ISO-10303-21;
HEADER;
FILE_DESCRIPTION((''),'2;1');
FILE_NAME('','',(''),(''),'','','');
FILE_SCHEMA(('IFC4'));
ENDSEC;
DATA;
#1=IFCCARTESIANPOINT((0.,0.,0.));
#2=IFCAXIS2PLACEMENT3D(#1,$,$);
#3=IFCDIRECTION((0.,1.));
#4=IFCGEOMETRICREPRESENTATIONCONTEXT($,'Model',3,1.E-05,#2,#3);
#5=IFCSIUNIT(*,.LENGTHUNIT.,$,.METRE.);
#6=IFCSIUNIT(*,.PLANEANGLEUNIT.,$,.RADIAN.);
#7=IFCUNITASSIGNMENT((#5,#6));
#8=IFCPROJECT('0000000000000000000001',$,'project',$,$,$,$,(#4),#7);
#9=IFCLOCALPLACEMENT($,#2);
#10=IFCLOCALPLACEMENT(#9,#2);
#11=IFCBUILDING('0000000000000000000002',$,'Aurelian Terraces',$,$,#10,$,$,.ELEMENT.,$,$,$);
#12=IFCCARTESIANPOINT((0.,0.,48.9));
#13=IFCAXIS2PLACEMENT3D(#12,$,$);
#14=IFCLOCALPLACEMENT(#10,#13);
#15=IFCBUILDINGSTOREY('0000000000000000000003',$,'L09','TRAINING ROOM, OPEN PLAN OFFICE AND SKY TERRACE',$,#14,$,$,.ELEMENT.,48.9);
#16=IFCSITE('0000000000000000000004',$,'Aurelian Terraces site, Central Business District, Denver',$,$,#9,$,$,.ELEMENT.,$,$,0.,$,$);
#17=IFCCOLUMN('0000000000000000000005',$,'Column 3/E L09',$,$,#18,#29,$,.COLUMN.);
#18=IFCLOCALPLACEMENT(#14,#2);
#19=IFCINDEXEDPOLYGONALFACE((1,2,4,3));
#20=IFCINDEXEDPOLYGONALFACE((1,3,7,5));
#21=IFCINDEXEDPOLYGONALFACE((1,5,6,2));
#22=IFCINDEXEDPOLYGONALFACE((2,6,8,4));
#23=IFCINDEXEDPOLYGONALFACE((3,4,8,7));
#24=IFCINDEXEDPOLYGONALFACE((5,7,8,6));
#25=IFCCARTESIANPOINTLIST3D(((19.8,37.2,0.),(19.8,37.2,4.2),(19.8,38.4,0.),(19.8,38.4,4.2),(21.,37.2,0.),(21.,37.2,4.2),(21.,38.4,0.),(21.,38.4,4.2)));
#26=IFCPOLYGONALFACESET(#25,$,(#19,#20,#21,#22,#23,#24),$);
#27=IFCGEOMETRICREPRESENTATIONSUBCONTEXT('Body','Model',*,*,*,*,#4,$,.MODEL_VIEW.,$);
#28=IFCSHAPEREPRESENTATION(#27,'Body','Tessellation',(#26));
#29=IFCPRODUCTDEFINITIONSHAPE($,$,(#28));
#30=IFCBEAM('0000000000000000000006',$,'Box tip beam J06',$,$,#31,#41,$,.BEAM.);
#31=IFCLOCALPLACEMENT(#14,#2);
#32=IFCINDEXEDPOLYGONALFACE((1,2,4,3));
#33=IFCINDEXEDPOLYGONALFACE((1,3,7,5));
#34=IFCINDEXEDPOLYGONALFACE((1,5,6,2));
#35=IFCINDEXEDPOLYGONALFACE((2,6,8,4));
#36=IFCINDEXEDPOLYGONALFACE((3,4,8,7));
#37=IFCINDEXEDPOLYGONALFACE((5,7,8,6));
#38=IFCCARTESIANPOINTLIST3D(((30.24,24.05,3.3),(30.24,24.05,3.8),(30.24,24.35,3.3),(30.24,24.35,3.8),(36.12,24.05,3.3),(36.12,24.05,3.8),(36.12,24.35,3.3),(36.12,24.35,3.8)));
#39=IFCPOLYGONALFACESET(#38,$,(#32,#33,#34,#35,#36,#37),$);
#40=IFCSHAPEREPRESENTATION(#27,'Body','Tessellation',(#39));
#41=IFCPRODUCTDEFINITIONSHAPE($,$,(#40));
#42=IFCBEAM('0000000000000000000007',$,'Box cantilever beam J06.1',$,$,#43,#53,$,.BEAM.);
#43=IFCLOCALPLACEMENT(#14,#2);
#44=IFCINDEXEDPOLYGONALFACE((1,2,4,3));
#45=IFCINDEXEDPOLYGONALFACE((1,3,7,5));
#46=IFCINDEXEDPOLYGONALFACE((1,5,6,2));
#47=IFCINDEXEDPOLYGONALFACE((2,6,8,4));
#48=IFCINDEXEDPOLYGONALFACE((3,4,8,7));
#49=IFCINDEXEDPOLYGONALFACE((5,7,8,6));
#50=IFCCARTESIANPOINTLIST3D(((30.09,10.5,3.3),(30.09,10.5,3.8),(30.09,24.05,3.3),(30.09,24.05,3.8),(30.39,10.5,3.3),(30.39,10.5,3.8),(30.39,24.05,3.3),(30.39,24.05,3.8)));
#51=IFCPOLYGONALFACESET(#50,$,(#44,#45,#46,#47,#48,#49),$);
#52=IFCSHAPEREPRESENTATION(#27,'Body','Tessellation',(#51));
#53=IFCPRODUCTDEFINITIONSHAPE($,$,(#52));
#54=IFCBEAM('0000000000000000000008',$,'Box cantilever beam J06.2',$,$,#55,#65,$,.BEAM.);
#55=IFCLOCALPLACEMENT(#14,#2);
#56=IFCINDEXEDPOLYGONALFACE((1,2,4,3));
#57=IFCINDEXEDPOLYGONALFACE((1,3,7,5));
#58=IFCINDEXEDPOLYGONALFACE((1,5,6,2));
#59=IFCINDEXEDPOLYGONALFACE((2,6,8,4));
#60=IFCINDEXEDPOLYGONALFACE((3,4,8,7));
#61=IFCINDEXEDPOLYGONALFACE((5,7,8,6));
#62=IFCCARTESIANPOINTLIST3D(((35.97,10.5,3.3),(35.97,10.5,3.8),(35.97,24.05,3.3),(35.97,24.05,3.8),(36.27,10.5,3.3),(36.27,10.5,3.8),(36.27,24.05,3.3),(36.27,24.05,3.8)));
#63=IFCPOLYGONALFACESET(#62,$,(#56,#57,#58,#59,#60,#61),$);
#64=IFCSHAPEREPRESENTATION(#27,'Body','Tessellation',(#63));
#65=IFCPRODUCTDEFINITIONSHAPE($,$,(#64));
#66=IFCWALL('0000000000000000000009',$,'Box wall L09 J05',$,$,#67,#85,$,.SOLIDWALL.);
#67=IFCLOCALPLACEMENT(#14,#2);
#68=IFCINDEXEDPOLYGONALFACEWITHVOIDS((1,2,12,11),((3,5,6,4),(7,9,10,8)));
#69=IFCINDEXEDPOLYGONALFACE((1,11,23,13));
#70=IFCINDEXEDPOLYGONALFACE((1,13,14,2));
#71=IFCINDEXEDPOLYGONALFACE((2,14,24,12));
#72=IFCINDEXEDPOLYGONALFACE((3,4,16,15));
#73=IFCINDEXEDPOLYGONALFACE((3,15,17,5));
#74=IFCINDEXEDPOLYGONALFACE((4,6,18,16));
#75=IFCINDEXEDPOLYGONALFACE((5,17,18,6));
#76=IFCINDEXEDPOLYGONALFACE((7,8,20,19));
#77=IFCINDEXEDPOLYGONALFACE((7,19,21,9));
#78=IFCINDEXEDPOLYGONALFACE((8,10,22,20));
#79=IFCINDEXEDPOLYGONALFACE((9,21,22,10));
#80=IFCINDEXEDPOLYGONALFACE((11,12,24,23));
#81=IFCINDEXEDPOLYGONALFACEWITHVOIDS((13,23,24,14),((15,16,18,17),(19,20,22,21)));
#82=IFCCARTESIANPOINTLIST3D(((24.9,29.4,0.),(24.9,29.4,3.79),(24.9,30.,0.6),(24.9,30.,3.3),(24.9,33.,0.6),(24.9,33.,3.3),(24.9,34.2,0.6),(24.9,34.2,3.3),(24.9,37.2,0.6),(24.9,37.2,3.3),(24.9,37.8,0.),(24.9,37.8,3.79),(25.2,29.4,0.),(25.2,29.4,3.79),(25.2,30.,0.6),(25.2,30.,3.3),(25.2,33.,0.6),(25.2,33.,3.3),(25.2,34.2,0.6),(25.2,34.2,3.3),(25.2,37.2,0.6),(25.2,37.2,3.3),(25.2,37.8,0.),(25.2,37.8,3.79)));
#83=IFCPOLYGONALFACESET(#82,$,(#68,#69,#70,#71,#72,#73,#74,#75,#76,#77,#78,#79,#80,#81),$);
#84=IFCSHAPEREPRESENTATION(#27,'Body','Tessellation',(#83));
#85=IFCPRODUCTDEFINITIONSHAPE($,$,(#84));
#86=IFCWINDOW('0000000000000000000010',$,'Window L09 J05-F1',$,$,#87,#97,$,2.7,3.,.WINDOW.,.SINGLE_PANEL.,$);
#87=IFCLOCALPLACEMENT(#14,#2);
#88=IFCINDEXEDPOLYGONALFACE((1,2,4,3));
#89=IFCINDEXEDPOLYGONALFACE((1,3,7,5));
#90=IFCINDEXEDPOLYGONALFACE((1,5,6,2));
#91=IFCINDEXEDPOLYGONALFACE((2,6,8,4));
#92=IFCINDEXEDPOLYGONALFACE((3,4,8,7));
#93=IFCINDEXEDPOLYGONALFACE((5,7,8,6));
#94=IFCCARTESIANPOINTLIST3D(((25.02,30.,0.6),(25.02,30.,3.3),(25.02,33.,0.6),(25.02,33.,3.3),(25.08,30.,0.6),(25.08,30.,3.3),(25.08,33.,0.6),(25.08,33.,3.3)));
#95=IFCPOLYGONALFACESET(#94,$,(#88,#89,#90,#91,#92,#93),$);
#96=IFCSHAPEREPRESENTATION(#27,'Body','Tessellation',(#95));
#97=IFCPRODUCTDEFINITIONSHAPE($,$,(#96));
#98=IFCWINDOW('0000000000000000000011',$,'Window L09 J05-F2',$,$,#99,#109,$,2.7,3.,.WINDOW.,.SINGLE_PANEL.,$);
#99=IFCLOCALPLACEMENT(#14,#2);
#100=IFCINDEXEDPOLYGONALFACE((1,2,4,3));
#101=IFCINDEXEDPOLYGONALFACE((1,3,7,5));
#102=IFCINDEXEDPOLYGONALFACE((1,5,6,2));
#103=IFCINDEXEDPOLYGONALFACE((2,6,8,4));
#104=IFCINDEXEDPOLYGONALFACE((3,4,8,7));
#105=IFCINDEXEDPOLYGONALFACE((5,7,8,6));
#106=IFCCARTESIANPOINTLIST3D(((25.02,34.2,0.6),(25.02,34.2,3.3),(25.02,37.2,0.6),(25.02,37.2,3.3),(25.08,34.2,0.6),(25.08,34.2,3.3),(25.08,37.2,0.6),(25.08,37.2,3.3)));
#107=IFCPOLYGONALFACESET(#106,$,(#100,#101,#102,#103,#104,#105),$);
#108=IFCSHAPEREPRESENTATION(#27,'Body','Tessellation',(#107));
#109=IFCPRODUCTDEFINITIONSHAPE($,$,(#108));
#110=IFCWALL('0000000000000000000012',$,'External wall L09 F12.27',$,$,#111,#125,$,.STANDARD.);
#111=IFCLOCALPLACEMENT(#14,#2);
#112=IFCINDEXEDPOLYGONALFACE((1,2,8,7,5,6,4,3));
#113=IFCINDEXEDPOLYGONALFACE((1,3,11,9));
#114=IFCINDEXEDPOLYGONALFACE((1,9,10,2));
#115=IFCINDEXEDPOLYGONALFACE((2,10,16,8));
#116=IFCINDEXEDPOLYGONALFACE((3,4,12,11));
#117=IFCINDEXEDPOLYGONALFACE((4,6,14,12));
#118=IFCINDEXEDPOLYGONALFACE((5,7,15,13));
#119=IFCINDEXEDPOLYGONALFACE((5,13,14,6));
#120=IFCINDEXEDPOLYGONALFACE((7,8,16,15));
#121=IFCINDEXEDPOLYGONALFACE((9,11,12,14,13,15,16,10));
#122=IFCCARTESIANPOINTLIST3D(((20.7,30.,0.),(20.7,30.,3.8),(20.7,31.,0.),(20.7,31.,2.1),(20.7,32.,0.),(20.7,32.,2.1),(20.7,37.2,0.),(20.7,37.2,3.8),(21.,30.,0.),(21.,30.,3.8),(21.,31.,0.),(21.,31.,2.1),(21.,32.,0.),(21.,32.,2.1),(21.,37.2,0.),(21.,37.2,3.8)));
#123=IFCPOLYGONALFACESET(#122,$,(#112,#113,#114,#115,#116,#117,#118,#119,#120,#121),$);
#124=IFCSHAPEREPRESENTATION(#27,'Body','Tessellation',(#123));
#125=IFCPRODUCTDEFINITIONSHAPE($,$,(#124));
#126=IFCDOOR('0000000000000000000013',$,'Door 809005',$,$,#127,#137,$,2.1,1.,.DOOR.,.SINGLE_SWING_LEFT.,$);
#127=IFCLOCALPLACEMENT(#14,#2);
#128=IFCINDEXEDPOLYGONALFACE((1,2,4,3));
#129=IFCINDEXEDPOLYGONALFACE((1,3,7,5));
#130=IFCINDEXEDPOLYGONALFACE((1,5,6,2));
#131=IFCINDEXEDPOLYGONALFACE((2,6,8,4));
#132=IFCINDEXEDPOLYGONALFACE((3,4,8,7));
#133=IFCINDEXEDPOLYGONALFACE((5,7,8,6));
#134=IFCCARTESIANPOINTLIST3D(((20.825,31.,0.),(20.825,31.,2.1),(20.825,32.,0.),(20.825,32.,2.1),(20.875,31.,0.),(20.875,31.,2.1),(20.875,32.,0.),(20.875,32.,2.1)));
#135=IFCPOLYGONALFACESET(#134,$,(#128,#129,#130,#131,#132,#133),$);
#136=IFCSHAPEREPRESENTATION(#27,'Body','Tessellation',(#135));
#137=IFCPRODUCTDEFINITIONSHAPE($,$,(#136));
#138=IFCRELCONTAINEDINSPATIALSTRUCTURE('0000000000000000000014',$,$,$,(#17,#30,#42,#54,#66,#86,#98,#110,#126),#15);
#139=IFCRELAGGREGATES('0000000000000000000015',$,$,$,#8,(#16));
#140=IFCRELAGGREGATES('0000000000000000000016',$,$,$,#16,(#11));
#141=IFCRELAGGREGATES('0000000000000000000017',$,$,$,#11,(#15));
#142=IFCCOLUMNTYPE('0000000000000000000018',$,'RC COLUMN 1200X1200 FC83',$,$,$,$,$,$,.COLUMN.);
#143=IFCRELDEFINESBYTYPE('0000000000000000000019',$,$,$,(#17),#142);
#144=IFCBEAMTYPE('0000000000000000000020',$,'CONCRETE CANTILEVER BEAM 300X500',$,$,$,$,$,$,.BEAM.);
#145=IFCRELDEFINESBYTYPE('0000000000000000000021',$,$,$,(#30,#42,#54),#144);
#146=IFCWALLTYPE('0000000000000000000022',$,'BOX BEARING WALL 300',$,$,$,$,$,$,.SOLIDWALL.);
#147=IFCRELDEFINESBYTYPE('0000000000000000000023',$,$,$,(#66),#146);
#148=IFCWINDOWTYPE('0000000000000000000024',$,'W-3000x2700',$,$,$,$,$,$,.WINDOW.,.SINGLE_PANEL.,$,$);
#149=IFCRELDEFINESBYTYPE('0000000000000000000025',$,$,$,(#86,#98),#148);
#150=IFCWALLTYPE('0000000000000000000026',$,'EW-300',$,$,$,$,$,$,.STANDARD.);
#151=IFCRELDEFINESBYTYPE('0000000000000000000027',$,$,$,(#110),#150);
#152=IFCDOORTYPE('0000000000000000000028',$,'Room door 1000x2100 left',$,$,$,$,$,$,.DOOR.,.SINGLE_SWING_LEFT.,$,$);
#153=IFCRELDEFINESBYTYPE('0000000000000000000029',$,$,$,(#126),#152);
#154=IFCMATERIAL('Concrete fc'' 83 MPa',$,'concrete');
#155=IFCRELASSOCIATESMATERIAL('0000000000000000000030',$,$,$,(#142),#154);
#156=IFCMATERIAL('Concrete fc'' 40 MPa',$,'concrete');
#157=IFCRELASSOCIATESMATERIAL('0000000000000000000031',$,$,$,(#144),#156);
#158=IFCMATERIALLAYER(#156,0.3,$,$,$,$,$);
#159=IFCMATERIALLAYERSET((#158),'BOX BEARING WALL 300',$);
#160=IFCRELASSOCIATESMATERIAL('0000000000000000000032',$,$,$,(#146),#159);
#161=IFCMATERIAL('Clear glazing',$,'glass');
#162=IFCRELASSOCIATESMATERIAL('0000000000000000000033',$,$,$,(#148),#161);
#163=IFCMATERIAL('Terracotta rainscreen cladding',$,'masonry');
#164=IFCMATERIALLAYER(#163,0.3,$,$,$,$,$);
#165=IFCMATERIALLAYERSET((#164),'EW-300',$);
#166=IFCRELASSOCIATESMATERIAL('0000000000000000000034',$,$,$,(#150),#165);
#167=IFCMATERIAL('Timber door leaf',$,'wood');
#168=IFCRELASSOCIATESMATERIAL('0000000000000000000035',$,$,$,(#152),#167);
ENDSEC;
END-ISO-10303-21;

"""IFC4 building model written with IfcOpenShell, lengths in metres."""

from ifc_helpers import new_model, si_unit, direction, frame, frame_2d, origin, origin_2d, place, context, subcontext, project, spatial, rectangle, extrude, source, transform, mapped, material, layer, layer_set, material_profile, profile_set, type_object, element, fill, save


model = new_model("IFC4")

# Units and contexts
model_context = context("Model", 3, precision=1e-05, world=origin(), true_north=direction((0.0, 1.0)))
body_context = subcontext(model_context, "Body", "Model", "MODEL_VIEW")
ifc_project = project(units=[si_unit("LENGTHUNIT", "METRE"), si_unit("PLANEANGLEUNIT", "RADIAN")], contexts=[model_context])

# Site, building, storey
site_placement = place(None, origin())
site = spatial("IfcSite", under=ifc_project, at=site_placement, Name="Aurelian Terraces site, Central Business District, Denver", CompositionType="ELEMENT", RefElevation=0.0)
building_placement = place(site_placement, origin())
building = spatial("IfcBuilding", under=site, at=building_placement, Name="Aurelian Terraces", CompositionType="ELEMENT")
storey_placement = place(building_placement, frame((0.0, 0.0, 48.9)))
storey = spatial("IfcBuildingStorey", under=building, at=storey_placement, Name="L09", Description="TRAINING ROOM, OPEN PLAN OFFICE AND SKY TERRACE", CompositionType="ELEMENT", Elevation=48.9)

# Column
ifc_material_1 = material(Name="Concrete fc' 83 MPa", Category="concrete")
ifc_material_profile_1 = material_profile(ifc_material_1, rectangle(XDim=1.2, YDim=1.2, at=origin_2d()))
ifc_profile_set_1 = profile_set([ifc_material_profile_1], Name="Concrete fc' 83 MPa")
column_type = type_object("IfcColumnType", Name="RC COLUMN 1200X1200 FC83", PredefinedType="COLUMN", material=ifc_profile_set_1)
shared_shape_1 = source(origin(), body_context, "Body", "SweptSolid", [
    extrude(rectangle(XDim=1.2, YDim=1.2, at=origin_2d()), origin(), (0.0, 0.0, 1.0), 4.2),
])
column_placement = place(storey_placement, frame((20.4, 37.8, 0.0), z_axis=(0.0, 0.0, 1.0), x_axis=(1.0, 0.0, 0.0)))
element("IfcColumn", 1, at=column_placement, inside=storey, type_object=column_type, Name="Column 3/E L09", PredefinedType="COLUMN", context=body_context, shape_type="MappedRepresentation", body=[
    mapped(shared_shape_1, transform((0.0, 0.0, 0.0), scale=1.0)),
])

# Beams
ifc_material_2 = material(Name="Concrete fc' 40 MPa", Category="concrete")
ifc_material_profile_2 = material_profile(ifc_material_2, rectangle(XDim=0.3, YDim=0.5, at=origin_2d()))
ifc_profile_set_2 = profile_set([ifc_material_profile_2], Name="Concrete fc' 40 MPa")
beam_type = type_object("IfcBeamType", Name="CONCRETE CANTILEVER BEAM 300X500", PredefinedType="BEAM", material=ifc_profile_set_2)
beam_placement = place(storey_placement, frame((30.24, 24.2, 3.55), z_axis=(1.0, 0.0, 0.0), x_axis=(0.0, 1.0, 0.0)))
element("IfcBeam", 2, at=beam_placement, inside=storey, type_object=beam_type, Name="Box tip beam J06", PredefinedType="BEAM", context=body_context, shape_type="SweptSolid", body=[
    extrude(rectangle(XDim=0.3, YDim=0.5, at=origin_2d()), origin(), (0.0, 0.0, 1.0), 5.88),
])
shared_shape_2 = source(origin(), body_context, "Body", "SweptSolid", [
    extrude(rectangle(XDim=0.3, YDim=0.5, at=origin_2d()), origin(), (0.0, 0.0, 1.0), 13.55),
])
for number, where, z_axis, x_axis, name in (
    (3, (30.24, 24.05, 3.55), (0.0, -1.0, 0.0), (1.0, 0.0, 0.0), "Box cantilever beam J06.1"),
    (4, (36.12, 24.05, 3.55), (0.0, -1.0, 0.0), (1.0, 0.0, 0.0), "Box cantilever beam J06.2"),
):
    element("IfcBeam", number, at=place(storey_placement, frame(where, z_axis=z_axis, x_axis=x_axis)), inside=storey, type_object=beam_type, Name=name, PredefinedType="BEAM", context=body_context, shape_type="MappedRepresentation", body=[
        mapped(shared_shape_2, transform((0.0, 0.0, 0.0), scale=1.0)),
    ])

# Wall, openings, windows
ifc_layer_1 = layer(ifc_material_2, 0.3)
ifc_layer_set_1 = layer_set([ifc_layer_1], Name="BOX BEARING WALL 300")
wall_type_1 = type_object("IfcWallType", Name="BOX BEARING WALL 300", PredefinedType="SOLIDWALL", material=ifc_layer_set_1)
wall_1_placement = place(storey_placement, frame((25.05, 29.4, 0.0), z_axis=(0.0, 0.0, 1.0), x_axis=(0.0, 1.0, 0.0)))
wall_1 = element("IfcWall", 5, at=wall_1_placement, inside=storey, type_object=wall_type_1, Name="Box wall L09 J05", PredefinedType="SOLIDWALL", context=body_context, shape_type="SweptSolid", body=[
    extrude(rectangle(XDim=8.4, YDim=0.3, at=frame_2d((4.2, 0.0))), origin(), (0.0, 0.0, 1.0), 3.79),
])
shared_shape_3 = source(origin(), body_context, "Body", "SweptSolid", [
    extrude(rectangle(XDim=3.0, YDim=2.7, at=frame_2d((1.5, 1.35))), frame((0.0, 0.16, 0.0), z_axis=(0.0, -1.0, 0.0), x_axis=(1.0, 0.0, 0.0)), (0.0, 0.0, 1.0), 0.32),
])
opening_1_placement = place(wall_1_placement, frame((0.6, 0.0, 0.6)))
opening_1 = element("IfcOpeningElement", 6, at=opening_1_placement, cuts=wall_1, PredefinedType="OPENING", context=body_context, shape_type="MappedRepresentation", body=[
    mapped(shared_shape_3, transform((0.0, 0.0, 0.0), scale=1.0)),
])
opening_2_placement = place(wall_1_placement, frame((4.8, 0.0, 0.6)))
opening_2 = element("IfcOpeningElement", 7, at=opening_2_placement, cuts=wall_1, PredefinedType="OPENING", context=body_context, shape_type="MappedRepresentation", body=[
    mapped(shared_shape_3, transform((0.0, 0.0, 0.0), scale=1.0)),
])
ifc_material_3 = material(Name="Clear glazing", Category="glass")
window_type_1 = type_object("IfcWindowType", Name="W-3000x2700", PartitioningType="SINGLE_PANEL", PredefinedType="WINDOW", material=ifc_material_3)
shared_shape_4 = source(origin(), body_context, "Body", "SweptSolid", [
    extrude(rectangle(XDim=3.0, YDim=2.7, at=frame_2d((1.5, 1.35))), frame((0.0, 0.03, 0.0), z_axis=(0.0, -1.0, 0.0), x_axis=(1.0, 0.0, 0.0)), (0.0, 0.0, 1.0), 0.06),
])
window_1_placement = place(opening_1_placement, origin())
window_1 = element("IfcWindow", 8, at=window_1_placement, inside=storey, type_object=window_type_1, Name="Window L09 J05-F1", OverallHeight=2.7, OverallWidth=3.0, PartitioningType="SINGLE_PANEL", PredefinedType="WINDOW", context=body_context, shape_type="MappedRepresentation", body=[
    mapped(shared_shape_4, transform((0.0, 0.0, 0.0), scale=1.0)),
])
fill(opening_1, window_1)
window_2_placement = place(opening_2_placement, origin())
window_2 = element("IfcWindow", 9, at=window_2_placement, inside=storey, type_object=window_type_1, Name="Window L09 J05-F2", OverallHeight=2.7, OverallWidth=3.0, PartitioningType="SINGLE_PANEL", PredefinedType="WINDOW", context=body_context, shape_type="MappedRepresentation", body=[
    mapped(shared_shape_4, transform((0.0, 0.0, 0.0), scale=1.0)),
])
fill(opening_2, window_2)

# Wall, opening, door
ifc_material_4 = material(Name="Terracotta rainscreen cladding", Category="masonry")
ifc_layer_2 = layer(ifc_material_4, 0.3)
ifc_layer_set_2 = layer_set([ifc_layer_2], Name="EW-300")
wall_type_2 = type_object("IfcWallType", Name="EW-300", PredefinedType="STANDARD", material=ifc_layer_set_2)
shared_shape_5 = source(origin(), body_context, "Body", "SweptSolid", [
    extrude(rectangle(XDim=7.2, YDim=0.3, at=frame_2d((3.6, 0.0))), origin(), (0.0, 0.0, 1.0), 3.8),
])
wall_2_placement = place(storey_placement, frame((20.85, 30.0, 0.0), z_axis=(0.0, 0.0, 1.0), x_axis=(0.0, 1.0, 0.0)))
wall_2 = element("IfcWall", 10, at=wall_2_placement, inside=storey, type_object=wall_type_2, Name="External wall L09 F12.27", PredefinedType="STANDARD", context=body_context, shape_type="MappedRepresentation", body=[
    mapped(shared_shape_5, transform((0.0, 0.0, 0.0), scale=1.0)),
])
shared_shape_6 = source(origin(), body_context, "Body", "SweptSolid", [
    extrude(rectangle(XDim=1.0, YDim=2.1, at=frame_2d((0.5, 1.05))), frame((0.0, 0.16, 0.0), z_axis=(0.0, -1.0, 0.0), x_axis=(1.0, 0.0, 0.0)), (0.0, 0.0, 1.0), 0.32),
])
opening_3_placement = place(wall_2_placement, frame((1.0, 0.0, 0.0)))
opening_3 = element("IfcOpeningElement", 11, at=opening_3_placement, cuts=wall_2, PredefinedType="OPENING", context=body_context, shape_type="MappedRepresentation", body=[
    mapped(shared_shape_6, transform((0.0, 0.0, 0.0), scale=1.0)),
])
ifc_material_5 = material(Name="Timber door leaf", Category="wood")
door_type = type_object("IfcDoorType", Name="Room door 1000x2100 left", OperationType="SINGLE_SWING_LEFT", PredefinedType="DOOR", material=ifc_material_5)
shared_shape_7 = source(origin(), body_context, "Body", "SweptSolid", [
    extrude(rectangle(XDim=1.0, YDim=2.1, at=frame_2d((0.5, 1.05))), frame((0.0, 0.025, 0.0), z_axis=(0.0, -1.0, 0.0), x_axis=(1.0, 0.0, 0.0)), (0.0, 0.0, 1.0), 0.05),
])
door_placement = place(opening_3_placement, origin())
door = element("IfcDoor", 12, at=door_placement, inside=storey, type_object=door_type, Name="Door 809005", OperationType="SINGLE_SWING_LEFT", OverallHeight=2.1, OverallWidth=1.0, PredefinedType="DOOR", context=body_context, shape_type="MappedRepresentation", body=[
    mapped(shared_shape_7, transform((0.0, 0.0, 0.0), scale=1.0)),
])
fill(opening_3, door)

save(model, "model.ifc")
